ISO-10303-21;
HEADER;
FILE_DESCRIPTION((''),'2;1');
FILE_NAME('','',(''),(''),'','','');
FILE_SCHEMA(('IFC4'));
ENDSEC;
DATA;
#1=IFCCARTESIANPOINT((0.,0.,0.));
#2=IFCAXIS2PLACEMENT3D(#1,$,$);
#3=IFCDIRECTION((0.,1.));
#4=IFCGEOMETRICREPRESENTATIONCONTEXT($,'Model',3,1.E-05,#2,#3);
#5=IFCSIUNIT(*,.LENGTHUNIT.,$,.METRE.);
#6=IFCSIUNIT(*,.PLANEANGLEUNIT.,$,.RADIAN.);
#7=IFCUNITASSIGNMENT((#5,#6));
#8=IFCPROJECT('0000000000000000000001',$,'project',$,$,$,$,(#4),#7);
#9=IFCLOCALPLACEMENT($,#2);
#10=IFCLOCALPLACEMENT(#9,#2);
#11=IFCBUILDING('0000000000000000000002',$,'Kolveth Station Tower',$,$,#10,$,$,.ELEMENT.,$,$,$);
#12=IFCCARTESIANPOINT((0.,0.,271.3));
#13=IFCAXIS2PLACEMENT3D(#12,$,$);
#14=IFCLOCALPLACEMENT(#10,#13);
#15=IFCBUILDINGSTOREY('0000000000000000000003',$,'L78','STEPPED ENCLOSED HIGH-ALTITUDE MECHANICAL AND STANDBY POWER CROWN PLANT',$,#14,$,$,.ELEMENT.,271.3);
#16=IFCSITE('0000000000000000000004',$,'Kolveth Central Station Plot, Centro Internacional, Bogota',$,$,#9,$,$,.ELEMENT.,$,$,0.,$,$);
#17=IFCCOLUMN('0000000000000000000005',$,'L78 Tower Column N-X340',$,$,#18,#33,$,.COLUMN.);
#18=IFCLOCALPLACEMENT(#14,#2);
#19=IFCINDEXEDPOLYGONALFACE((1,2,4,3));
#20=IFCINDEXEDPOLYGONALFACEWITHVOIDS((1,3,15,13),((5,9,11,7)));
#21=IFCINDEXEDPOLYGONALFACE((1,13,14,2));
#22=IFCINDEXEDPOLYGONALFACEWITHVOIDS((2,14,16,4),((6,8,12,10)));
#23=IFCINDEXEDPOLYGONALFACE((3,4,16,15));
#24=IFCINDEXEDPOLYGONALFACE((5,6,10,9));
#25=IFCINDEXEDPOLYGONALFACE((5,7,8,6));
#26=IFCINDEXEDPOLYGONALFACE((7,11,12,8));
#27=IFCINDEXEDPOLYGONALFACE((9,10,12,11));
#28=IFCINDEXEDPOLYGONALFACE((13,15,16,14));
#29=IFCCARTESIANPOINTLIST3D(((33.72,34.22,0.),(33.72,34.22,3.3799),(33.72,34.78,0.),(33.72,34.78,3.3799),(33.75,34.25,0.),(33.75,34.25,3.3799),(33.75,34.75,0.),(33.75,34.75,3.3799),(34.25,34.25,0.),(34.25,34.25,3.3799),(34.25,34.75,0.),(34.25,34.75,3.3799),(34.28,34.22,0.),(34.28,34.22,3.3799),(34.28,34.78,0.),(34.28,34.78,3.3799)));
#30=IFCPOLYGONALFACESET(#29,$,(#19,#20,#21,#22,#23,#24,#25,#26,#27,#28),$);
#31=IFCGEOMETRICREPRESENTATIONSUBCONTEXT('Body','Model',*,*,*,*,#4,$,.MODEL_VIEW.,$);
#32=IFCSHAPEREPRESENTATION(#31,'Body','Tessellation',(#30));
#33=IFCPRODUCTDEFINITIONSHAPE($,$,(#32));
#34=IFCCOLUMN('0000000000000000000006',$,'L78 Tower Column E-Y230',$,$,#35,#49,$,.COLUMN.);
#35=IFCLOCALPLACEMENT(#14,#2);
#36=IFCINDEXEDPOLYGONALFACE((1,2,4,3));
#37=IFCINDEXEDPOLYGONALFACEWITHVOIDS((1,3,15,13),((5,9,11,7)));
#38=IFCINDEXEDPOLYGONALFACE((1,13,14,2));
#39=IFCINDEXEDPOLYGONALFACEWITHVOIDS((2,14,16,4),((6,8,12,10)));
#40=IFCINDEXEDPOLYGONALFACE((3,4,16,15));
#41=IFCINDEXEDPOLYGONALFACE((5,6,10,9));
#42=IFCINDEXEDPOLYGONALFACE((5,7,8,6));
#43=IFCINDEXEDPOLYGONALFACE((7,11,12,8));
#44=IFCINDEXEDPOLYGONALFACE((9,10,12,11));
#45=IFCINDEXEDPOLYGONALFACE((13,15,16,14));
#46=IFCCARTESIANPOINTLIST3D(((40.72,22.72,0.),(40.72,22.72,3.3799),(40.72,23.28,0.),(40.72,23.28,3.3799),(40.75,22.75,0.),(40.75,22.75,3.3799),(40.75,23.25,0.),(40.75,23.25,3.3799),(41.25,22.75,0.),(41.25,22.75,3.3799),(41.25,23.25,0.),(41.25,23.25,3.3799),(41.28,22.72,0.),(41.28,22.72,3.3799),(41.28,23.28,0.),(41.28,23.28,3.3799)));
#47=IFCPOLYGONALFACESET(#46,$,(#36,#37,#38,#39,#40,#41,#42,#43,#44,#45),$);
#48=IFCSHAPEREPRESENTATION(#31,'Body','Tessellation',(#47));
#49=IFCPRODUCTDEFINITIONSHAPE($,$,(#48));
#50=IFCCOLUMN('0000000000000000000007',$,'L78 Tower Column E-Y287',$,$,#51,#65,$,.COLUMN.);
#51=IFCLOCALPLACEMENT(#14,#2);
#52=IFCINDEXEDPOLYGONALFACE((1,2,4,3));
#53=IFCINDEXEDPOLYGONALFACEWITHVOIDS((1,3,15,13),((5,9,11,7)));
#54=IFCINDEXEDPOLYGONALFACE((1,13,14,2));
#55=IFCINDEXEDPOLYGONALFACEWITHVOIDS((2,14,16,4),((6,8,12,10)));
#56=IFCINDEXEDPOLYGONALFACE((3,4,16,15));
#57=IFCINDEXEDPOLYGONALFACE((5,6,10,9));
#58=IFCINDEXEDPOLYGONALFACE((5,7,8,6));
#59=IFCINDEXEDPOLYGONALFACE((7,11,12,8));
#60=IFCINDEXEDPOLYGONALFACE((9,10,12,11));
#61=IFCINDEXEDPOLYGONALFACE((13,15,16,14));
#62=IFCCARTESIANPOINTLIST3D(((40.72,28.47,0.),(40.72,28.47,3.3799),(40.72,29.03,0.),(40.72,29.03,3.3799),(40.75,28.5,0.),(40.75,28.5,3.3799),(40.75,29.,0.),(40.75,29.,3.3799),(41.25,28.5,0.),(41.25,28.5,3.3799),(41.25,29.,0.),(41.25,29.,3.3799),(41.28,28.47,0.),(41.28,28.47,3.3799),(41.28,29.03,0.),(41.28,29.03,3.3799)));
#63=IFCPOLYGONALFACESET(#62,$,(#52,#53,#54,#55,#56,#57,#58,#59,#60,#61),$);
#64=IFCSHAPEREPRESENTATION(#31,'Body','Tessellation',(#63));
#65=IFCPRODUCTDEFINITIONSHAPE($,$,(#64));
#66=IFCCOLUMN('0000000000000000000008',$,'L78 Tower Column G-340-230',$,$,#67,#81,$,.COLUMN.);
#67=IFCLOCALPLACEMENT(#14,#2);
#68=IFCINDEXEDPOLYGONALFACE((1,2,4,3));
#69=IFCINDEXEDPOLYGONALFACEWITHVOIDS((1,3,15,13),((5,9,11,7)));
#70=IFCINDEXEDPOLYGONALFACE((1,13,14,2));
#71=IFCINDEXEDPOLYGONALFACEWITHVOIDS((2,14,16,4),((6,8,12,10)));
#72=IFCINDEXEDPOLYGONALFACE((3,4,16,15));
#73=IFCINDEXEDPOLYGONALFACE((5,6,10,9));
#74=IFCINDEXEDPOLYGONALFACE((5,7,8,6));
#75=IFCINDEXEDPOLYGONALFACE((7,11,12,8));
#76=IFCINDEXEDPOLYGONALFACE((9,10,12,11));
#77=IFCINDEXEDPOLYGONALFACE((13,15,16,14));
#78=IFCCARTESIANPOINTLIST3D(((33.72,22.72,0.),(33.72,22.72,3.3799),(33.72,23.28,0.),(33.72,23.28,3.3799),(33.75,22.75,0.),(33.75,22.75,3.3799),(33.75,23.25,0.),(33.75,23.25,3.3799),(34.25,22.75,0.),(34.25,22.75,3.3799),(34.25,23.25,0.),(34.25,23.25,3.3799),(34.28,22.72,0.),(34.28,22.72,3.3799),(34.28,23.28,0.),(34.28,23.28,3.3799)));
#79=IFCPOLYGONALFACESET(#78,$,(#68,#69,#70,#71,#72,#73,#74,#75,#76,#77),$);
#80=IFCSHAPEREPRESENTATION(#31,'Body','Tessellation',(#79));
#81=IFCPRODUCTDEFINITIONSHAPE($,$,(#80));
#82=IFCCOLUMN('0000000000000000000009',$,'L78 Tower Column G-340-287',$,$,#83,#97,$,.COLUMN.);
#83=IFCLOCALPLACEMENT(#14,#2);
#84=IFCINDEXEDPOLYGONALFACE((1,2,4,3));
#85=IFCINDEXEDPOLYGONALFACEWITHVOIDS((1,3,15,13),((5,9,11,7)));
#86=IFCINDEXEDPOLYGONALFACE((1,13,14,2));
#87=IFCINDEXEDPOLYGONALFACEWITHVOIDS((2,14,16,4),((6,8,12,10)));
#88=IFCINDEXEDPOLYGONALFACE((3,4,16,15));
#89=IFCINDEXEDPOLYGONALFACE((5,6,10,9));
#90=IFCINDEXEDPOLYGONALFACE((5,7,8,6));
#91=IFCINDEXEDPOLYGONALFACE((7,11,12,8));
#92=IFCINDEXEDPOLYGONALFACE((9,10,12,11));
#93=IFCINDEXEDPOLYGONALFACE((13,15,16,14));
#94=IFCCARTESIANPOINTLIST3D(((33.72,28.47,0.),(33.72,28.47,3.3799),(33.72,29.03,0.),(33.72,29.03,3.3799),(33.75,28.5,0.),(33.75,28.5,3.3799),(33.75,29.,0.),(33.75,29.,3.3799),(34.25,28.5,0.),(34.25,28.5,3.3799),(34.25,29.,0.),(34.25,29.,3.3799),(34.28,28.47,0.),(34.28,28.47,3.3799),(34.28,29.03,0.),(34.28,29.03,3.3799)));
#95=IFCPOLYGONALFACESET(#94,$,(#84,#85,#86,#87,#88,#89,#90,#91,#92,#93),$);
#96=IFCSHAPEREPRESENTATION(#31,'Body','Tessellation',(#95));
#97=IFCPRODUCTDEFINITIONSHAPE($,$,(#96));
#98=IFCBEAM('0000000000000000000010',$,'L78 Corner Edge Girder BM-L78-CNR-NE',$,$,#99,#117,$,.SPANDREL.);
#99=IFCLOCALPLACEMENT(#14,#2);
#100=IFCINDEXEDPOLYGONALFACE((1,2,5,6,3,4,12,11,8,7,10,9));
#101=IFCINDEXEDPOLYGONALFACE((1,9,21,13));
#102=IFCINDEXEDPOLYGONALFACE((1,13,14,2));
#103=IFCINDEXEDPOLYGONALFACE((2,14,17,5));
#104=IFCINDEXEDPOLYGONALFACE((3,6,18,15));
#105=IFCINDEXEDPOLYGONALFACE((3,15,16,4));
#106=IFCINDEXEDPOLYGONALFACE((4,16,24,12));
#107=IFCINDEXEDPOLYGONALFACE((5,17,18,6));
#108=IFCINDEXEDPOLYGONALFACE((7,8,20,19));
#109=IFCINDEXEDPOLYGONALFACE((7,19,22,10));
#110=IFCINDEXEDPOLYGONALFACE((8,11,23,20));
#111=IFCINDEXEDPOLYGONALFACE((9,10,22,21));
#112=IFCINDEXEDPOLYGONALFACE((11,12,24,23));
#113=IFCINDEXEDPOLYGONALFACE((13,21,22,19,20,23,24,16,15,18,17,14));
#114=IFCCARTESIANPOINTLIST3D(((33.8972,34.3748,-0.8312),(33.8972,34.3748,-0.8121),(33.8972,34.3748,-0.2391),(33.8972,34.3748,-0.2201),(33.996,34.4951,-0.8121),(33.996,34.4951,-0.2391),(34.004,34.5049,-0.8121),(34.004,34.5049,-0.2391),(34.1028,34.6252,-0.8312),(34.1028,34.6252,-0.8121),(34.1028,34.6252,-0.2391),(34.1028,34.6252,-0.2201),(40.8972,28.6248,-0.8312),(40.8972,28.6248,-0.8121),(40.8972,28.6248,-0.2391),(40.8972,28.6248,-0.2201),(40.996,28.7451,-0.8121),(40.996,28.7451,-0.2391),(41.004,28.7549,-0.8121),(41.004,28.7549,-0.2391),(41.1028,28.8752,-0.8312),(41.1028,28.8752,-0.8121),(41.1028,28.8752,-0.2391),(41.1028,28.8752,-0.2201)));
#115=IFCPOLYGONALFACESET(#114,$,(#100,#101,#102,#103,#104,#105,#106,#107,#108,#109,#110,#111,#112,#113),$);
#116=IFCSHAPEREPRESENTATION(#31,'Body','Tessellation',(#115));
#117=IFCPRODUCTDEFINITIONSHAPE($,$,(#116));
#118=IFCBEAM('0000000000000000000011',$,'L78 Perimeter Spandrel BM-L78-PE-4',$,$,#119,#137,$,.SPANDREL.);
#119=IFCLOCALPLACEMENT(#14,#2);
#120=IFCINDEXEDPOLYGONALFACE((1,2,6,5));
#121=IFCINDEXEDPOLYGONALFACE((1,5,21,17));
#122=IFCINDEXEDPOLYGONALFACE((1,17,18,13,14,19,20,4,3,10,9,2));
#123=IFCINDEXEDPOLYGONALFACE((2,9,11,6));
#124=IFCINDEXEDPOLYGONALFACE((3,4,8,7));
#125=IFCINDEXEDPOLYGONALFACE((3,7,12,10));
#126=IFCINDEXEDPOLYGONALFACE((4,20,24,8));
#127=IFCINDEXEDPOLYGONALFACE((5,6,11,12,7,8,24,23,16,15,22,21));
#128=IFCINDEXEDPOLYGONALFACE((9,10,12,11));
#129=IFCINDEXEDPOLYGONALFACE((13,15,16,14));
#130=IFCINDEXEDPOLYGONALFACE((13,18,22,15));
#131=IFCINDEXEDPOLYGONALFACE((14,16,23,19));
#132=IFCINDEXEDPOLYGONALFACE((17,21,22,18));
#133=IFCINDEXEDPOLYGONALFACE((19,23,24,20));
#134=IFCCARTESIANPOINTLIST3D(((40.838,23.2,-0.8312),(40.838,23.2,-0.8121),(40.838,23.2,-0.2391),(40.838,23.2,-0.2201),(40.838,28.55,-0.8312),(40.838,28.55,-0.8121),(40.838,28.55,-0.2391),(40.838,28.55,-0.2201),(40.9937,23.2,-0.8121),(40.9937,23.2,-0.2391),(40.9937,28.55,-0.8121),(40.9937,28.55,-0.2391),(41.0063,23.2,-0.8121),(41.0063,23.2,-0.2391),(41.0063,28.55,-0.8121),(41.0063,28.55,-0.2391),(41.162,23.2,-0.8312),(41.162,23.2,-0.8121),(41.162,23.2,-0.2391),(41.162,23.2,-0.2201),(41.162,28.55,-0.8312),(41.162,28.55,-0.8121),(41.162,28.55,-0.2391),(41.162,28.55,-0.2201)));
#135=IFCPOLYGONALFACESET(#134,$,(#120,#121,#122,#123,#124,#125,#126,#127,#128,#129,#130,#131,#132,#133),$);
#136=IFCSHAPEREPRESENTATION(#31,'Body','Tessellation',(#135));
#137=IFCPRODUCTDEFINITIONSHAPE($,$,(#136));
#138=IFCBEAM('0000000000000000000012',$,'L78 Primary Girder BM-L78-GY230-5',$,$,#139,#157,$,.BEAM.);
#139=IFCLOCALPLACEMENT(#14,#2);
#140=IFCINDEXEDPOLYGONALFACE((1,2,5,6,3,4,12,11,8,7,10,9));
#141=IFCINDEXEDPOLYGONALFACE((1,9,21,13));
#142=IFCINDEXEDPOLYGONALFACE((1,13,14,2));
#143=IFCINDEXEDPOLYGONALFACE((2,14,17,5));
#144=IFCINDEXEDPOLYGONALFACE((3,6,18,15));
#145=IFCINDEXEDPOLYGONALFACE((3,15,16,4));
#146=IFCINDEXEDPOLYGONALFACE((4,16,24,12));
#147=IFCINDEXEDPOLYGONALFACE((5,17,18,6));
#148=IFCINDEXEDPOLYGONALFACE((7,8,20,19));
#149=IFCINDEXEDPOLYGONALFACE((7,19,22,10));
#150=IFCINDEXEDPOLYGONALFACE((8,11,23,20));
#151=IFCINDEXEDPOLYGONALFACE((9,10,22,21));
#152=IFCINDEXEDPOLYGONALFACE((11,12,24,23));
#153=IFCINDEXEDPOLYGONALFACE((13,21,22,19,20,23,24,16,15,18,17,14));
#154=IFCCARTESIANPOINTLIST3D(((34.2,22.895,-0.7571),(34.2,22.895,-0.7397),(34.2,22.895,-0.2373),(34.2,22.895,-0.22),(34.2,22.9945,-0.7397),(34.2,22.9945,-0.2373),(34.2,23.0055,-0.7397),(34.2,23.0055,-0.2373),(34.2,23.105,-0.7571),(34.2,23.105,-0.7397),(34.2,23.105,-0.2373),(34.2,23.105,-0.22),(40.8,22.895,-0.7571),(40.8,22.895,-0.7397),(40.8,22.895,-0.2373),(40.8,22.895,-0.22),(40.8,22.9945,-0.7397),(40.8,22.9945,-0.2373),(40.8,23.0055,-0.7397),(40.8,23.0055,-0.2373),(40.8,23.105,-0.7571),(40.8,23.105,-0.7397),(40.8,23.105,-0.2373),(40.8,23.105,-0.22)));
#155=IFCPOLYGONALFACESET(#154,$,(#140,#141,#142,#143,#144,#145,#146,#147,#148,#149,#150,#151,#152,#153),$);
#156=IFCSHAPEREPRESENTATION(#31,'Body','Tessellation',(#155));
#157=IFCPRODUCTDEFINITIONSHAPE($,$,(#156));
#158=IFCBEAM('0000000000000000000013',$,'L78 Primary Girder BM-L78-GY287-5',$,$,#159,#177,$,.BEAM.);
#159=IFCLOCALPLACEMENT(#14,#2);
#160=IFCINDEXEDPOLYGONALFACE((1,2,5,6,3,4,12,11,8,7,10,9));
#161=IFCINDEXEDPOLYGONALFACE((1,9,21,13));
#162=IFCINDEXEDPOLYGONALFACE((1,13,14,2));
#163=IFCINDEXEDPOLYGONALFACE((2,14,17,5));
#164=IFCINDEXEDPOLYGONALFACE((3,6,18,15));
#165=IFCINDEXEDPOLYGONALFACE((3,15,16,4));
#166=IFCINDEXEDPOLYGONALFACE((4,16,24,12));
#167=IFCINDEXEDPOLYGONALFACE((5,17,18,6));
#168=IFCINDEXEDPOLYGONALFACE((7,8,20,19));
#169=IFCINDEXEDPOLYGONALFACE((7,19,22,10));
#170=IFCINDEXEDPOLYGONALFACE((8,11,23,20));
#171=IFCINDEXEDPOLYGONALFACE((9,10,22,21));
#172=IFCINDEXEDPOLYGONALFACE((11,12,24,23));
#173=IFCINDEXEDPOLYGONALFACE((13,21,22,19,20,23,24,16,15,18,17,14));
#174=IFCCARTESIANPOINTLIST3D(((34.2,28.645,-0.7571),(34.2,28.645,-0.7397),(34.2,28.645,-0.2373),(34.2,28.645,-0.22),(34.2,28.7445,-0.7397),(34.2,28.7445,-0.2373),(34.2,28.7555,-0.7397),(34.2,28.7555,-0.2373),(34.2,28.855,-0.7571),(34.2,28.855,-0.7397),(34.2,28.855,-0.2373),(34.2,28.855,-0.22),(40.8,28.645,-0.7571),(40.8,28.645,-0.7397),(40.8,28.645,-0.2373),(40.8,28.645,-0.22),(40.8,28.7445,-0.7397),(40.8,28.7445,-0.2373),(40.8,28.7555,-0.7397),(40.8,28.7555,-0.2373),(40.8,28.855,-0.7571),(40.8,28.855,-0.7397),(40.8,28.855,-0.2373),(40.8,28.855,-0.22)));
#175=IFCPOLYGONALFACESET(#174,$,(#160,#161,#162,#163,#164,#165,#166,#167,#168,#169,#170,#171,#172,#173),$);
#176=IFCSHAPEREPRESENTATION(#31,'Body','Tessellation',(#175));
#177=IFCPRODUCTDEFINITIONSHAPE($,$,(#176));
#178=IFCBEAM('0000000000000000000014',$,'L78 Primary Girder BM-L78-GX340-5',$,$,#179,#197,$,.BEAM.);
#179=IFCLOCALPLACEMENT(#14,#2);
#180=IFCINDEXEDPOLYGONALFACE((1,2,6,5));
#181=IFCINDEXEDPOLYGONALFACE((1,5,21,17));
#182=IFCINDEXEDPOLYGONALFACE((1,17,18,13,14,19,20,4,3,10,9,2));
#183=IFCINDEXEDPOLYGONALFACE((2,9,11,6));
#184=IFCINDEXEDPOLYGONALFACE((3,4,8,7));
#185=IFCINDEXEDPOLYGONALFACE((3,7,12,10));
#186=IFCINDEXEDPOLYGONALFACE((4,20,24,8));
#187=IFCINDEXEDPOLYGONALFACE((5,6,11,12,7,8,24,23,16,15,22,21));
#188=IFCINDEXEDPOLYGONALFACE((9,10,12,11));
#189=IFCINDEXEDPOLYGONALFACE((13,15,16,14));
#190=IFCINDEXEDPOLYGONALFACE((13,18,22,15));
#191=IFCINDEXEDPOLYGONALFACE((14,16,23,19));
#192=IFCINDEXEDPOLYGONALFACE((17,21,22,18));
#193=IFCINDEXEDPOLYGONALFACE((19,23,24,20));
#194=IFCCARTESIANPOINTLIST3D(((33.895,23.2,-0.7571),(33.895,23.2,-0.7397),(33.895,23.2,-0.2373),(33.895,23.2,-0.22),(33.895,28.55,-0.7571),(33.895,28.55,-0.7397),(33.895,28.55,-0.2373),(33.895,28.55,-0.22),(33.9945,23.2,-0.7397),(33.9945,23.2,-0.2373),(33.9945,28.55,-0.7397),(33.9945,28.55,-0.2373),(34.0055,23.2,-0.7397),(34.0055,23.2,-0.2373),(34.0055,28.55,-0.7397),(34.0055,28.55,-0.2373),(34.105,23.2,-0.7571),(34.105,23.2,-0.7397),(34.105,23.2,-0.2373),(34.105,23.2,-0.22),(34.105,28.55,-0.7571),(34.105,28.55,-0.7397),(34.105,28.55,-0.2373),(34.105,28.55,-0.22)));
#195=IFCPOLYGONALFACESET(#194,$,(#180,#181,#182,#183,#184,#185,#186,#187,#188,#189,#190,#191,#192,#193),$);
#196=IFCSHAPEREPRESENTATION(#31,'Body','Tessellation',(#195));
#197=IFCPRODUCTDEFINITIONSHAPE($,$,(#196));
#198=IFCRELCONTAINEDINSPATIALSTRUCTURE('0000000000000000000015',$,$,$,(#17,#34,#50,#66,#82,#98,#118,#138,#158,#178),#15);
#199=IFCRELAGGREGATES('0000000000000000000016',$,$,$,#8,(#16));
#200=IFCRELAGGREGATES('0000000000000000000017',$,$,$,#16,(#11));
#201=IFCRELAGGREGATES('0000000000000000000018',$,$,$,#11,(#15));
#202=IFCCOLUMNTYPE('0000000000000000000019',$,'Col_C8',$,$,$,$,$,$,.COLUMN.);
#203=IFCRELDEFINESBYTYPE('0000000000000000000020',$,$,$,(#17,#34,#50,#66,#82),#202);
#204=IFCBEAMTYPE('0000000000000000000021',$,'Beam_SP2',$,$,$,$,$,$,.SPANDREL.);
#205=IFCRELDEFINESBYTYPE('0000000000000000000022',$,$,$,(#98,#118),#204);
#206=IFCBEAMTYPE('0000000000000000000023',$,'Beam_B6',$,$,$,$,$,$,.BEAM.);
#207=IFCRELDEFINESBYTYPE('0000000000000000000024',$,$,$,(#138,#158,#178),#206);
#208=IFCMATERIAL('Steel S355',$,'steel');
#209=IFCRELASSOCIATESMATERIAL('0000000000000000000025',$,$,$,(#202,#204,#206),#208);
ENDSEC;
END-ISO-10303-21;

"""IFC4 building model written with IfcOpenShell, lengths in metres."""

from ifc_helpers import new_model, si_unit, direction, frame, origin, origin_2d, place, context, subcontext, project, spatial, hollow_rectangle, i_section, extrude, source, transform, mapped, material, material_profile, profile_set, type_object, element, save


model = new_model("IFC4")

# Units and contexts
model_context = context("Model", 3, precision=1e-05, world=origin(), true_north=direction((0.0, 1.0)))
body_context = subcontext(model_context, "Body", "Model", "MODEL_VIEW")
ifc_project = project(units=[si_unit("LENGTHUNIT", "METRE"), si_unit("PLANEANGLEUNIT", "RADIAN")], contexts=[model_context])

# Site, building, storey
site_placement = place(None, origin())
site = spatial("IfcSite", under=ifc_project, at=site_placement, Name="Kolveth Central Station Plot, Centro Internacional, Bogota", CompositionType="ELEMENT", RefElevation=0.0)
building_placement = place(site_placement, origin())
building = spatial("IfcBuilding", under=site, at=building_placement, Name="Kolveth Station Tower", CompositionType="ELEMENT")
storey_placement = place(building_placement, frame((0.0, 0.0, 271.3)))
storey = spatial("IfcBuildingStorey", under=building, at=storey_placement, Name="L78", Description="STEPPED ENCLOSED HIGH-ALTITUDE MECHANICAL AND STANDBY POWER CROWN PLANT", CompositionType="ELEMENT", Elevation=271.3)

# Columns
ifc_material_1 = material(Name="Steel S355", Category="steel")
ifc_material_profile_1 = material_profile(ifc_material_1, hollow_rectangle(XDim=0.5601, YDim=0.5601, WallThickness=0.03, at=origin_2d()), Name="BOX560x560x30")
ifc_profile_set_1 = profile_set([ifc_material_profile_1], Name="Steel S355")
column_type = type_object("IfcColumnType", Name="Col_C8", PredefinedType="COLUMN", material=ifc_profile_set_1)
shared_shape_1 = source(origin(), body_context, "Body", "SweptSolid", [
    extrude(hollow_rectangle(XDim=0.5601, YDim=0.5601, WallThickness=0.03, at=origin_2d()), origin(), (0.0, 0.0, 1.0), 3.3799),
])
for number, where, z_axis, x_axis, name in (
    (1, (34.0, 34.5, 0.0), (0.0, 0.0, 1.0), (1.0, 0.0, 0.0), "L78 Tower Column N-X340"),
    (2, (41.0, 23.0, 0.0), (0.0, 0.0, 1.0), (1.0, 0.0, 0.0), "L78 Tower Column E-Y230"),
    (3, (41.0, 28.75, 0.0), (0.0, 0.0, 1.0), (1.0, 0.0, 0.0), "L78 Tower Column E-Y287"),
    (4, (34.0, 23.0, 0.0), (0.0, 0.0, 1.0), (1.0, 0.0, 0.0), "L78 Tower Column G-340-230"),
    (5, (34.0, 28.75, 0.0), (0.0, 0.0, 1.0), (1.0, 0.0, 0.0), "L78 Tower Column G-340-287"),
):
    element("IfcColumn", number, at=place(storey_placement, frame(where, z_axis=z_axis, x_axis=x_axis)), inside=storey, type_object=column_type, Name=name, PredefinedType="COLUMN", context=body_context, shape_type="MappedRepresentation", body=[
        mapped(shared_shape_1, transform((0.0, 0.0, 0.0), x_axis=(1.0, 0.0, 0.0), y_axis=(0.0, 1.0, 0.0), z_axis=(0.0, 0.0, 1.0), scale=1.0)),
    ])

# Beams
ifc_material_profile_2 = material_profile(ifc_material_1, i_section(OverallWidth=0.324, OverallDepth=0.6111, WebThickness=0.0127, FlangeThickness=0.019, at=origin_2d()), Name="W610x155")
ifc_profile_set_2 = profile_set([ifc_material_profile_2], Name="Steel S355")
beam_type_1 = type_object("IfcBeamType", Name="Beam_SP2", PredefinedType="SPANDREL", material=ifc_profile_set_2)
shared_shape_2 = source(origin(), body_context, "Body", "SweptSolid", [
    extrude(i_section(OverallWidth=0.324, OverallDepth=0.6111, WebThickness=0.0127, FlangeThickness=0.019, at=origin_2d()), origin(), (0.0, 0.0, 1.0), 9.0588),
])
beam_1_placement = place(storey_placement, frame((41.0, 28.75, -0.5256), z_axis=(-0.772726, 0.634739, 0.0), x_axis=(-0.634739, -0.772726, 0.0)))
element("IfcBeam", 6, at=beam_1_placement, inside=storey, type_object=beam_type_1, Name="L78 Corner Edge Girder BM-L78-CNR-NE", PredefinedType="SPANDREL", context=body_context, shape_type="MappedRepresentation", body=[
    mapped(shared_shape_2, transform((0.0, 0.0, 0.0), x_axis=(1.0, 0.0, 0.0), y_axis=(0.0, 1.0, 0.0), z_axis=(0.0, 0.0, 1.0), scale=1.0)),
])
shared_shape_3 = source(origin(), body_context, "Body", "SweptSolid", [
    extrude(i_section(OverallWidth=0.324, OverallDepth=0.6111, WebThickness=0.0127, FlangeThickness=0.019, at=origin_2d()), origin(), (0.0, 0.0, 1.0), 5.3501),
])
beam_2_placement = place(storey_placement, frame((41.0, 23.2, -0.5256), z_axis=(0.0, 1.0, 0.0), x_axis=(-1.0, 0.0, 0.0)))
element("IfcBeam", 7, at=beam_2_placement, inside=storey, type_object=beam_type_1, Name="L78 Perimeter Spandrel BM-L78-PE-4", PredefinedType="SPANDREL", context=body_context, shape_type="MappedRepresentation", body=[
    mapped(shared_shape_3, transform((0.0, 0.0, 0.0), x_axis=(1.0, 0.0, 0.0), y_axis=(0.0, 1.0, 0.0), z_axis=(0.0, 0.0, 1.0), scale=1.0)),
])
ifc_material_profile_3 = material_profile(ifc_material_1, i_section(OverallWidth=0.21, OverallDepth=0.5371, WebThickness=0.011, FlangeThickness=0.0173, at=origin_2d()), Name="W530x101")
ifc_profile_set_3 = profile_set([ifc_material_profile_3], Name="Steel S355")
beam_type_2 = type_object("IfcBeamType", Name="Beam_B6", PredefinedType="BEAM", material=ifc_profile_set_3)
shared_shape_4 = source(origin(), body_context, "Body", "SweptSolid", [
    extrude(i_section(OverallWidth=0.21, OverallDepth=0.5371, WebThickness=0.011, FlangeThickness=0.0173, at=origin_2d()), origin(), (0.0, 0.0, 1.0), 6.6001),
])
for number, where, z_axis, x_axis, name in (
    (8, (34.2, 23.0, -0.4885), (1.0, 0.0, 0.0), (0.0, 1.0, 0.0), "L78 Primary Girder BM-L78-GY230-5"),
    (9, (34.2, 28.75, -0.4885), (1.0, 0.0, 0.0), (0.0, 1.0, 0.0), "L78 Primary Girder BM-L78-GY287-5"),
):
    element("IfcBeam", number, at=place(storey_placement, frame(where, z_axis=z_axis, x_axis=x_axis)), inside=storey, type_object=beam_type_2, Name=name, PredefinedType="BEAM", context=body_context, shape_type="MappedRepresentation", body=[
        mapped(shared_shape_4, transform((0.0, 0.0, 0.0), x_axis=(1.0, 0.0, 0.0), y_axis=(0.0, 1.0, 0.0), z_axis=(0.0, 0.0, 1.0), scale=1.0)),
    ])
shared_shape_5 = source(origin(), body_context, "Body", "SweptSolid", [
    extrude(i_section(OverallWidth=0.21, OverallDepth=0.5371, WebThickness=0.011, FlangeThickness=0.0173, at=origin_2d()), origin(), (0.0, 0.0, 1.0), 5.3501),
])
for number, where, z_axis, x_axis, name in (
    (10, (34.0, 23.2, -0.4885), (0.0, 1.0, 0.0), (-1.0, 0.0, 0.0), "L78 Primary Girder BM-L78-GX340-5"),
):
    element("IfcBeam", number, at=place(storey_placement, frame(where, z_axis=z_axis, x_axis=x_axis)), inside=storey, type_object=beam_type_2, Name=name, PredefinedType="BEAM", context=body_context, shape_type="MappedRepresentation", body=[
        mapped(shared_shape_5, transform((0.0, 0.0, 0.0), x_axis=(1.0, 0.0, 0.0), y_axis=(0.0, 1.0, 0.0), z_axis=(0.0, 0.0, 1.0), scale=1.0)),
    ])

save(model, "model.ifc")
